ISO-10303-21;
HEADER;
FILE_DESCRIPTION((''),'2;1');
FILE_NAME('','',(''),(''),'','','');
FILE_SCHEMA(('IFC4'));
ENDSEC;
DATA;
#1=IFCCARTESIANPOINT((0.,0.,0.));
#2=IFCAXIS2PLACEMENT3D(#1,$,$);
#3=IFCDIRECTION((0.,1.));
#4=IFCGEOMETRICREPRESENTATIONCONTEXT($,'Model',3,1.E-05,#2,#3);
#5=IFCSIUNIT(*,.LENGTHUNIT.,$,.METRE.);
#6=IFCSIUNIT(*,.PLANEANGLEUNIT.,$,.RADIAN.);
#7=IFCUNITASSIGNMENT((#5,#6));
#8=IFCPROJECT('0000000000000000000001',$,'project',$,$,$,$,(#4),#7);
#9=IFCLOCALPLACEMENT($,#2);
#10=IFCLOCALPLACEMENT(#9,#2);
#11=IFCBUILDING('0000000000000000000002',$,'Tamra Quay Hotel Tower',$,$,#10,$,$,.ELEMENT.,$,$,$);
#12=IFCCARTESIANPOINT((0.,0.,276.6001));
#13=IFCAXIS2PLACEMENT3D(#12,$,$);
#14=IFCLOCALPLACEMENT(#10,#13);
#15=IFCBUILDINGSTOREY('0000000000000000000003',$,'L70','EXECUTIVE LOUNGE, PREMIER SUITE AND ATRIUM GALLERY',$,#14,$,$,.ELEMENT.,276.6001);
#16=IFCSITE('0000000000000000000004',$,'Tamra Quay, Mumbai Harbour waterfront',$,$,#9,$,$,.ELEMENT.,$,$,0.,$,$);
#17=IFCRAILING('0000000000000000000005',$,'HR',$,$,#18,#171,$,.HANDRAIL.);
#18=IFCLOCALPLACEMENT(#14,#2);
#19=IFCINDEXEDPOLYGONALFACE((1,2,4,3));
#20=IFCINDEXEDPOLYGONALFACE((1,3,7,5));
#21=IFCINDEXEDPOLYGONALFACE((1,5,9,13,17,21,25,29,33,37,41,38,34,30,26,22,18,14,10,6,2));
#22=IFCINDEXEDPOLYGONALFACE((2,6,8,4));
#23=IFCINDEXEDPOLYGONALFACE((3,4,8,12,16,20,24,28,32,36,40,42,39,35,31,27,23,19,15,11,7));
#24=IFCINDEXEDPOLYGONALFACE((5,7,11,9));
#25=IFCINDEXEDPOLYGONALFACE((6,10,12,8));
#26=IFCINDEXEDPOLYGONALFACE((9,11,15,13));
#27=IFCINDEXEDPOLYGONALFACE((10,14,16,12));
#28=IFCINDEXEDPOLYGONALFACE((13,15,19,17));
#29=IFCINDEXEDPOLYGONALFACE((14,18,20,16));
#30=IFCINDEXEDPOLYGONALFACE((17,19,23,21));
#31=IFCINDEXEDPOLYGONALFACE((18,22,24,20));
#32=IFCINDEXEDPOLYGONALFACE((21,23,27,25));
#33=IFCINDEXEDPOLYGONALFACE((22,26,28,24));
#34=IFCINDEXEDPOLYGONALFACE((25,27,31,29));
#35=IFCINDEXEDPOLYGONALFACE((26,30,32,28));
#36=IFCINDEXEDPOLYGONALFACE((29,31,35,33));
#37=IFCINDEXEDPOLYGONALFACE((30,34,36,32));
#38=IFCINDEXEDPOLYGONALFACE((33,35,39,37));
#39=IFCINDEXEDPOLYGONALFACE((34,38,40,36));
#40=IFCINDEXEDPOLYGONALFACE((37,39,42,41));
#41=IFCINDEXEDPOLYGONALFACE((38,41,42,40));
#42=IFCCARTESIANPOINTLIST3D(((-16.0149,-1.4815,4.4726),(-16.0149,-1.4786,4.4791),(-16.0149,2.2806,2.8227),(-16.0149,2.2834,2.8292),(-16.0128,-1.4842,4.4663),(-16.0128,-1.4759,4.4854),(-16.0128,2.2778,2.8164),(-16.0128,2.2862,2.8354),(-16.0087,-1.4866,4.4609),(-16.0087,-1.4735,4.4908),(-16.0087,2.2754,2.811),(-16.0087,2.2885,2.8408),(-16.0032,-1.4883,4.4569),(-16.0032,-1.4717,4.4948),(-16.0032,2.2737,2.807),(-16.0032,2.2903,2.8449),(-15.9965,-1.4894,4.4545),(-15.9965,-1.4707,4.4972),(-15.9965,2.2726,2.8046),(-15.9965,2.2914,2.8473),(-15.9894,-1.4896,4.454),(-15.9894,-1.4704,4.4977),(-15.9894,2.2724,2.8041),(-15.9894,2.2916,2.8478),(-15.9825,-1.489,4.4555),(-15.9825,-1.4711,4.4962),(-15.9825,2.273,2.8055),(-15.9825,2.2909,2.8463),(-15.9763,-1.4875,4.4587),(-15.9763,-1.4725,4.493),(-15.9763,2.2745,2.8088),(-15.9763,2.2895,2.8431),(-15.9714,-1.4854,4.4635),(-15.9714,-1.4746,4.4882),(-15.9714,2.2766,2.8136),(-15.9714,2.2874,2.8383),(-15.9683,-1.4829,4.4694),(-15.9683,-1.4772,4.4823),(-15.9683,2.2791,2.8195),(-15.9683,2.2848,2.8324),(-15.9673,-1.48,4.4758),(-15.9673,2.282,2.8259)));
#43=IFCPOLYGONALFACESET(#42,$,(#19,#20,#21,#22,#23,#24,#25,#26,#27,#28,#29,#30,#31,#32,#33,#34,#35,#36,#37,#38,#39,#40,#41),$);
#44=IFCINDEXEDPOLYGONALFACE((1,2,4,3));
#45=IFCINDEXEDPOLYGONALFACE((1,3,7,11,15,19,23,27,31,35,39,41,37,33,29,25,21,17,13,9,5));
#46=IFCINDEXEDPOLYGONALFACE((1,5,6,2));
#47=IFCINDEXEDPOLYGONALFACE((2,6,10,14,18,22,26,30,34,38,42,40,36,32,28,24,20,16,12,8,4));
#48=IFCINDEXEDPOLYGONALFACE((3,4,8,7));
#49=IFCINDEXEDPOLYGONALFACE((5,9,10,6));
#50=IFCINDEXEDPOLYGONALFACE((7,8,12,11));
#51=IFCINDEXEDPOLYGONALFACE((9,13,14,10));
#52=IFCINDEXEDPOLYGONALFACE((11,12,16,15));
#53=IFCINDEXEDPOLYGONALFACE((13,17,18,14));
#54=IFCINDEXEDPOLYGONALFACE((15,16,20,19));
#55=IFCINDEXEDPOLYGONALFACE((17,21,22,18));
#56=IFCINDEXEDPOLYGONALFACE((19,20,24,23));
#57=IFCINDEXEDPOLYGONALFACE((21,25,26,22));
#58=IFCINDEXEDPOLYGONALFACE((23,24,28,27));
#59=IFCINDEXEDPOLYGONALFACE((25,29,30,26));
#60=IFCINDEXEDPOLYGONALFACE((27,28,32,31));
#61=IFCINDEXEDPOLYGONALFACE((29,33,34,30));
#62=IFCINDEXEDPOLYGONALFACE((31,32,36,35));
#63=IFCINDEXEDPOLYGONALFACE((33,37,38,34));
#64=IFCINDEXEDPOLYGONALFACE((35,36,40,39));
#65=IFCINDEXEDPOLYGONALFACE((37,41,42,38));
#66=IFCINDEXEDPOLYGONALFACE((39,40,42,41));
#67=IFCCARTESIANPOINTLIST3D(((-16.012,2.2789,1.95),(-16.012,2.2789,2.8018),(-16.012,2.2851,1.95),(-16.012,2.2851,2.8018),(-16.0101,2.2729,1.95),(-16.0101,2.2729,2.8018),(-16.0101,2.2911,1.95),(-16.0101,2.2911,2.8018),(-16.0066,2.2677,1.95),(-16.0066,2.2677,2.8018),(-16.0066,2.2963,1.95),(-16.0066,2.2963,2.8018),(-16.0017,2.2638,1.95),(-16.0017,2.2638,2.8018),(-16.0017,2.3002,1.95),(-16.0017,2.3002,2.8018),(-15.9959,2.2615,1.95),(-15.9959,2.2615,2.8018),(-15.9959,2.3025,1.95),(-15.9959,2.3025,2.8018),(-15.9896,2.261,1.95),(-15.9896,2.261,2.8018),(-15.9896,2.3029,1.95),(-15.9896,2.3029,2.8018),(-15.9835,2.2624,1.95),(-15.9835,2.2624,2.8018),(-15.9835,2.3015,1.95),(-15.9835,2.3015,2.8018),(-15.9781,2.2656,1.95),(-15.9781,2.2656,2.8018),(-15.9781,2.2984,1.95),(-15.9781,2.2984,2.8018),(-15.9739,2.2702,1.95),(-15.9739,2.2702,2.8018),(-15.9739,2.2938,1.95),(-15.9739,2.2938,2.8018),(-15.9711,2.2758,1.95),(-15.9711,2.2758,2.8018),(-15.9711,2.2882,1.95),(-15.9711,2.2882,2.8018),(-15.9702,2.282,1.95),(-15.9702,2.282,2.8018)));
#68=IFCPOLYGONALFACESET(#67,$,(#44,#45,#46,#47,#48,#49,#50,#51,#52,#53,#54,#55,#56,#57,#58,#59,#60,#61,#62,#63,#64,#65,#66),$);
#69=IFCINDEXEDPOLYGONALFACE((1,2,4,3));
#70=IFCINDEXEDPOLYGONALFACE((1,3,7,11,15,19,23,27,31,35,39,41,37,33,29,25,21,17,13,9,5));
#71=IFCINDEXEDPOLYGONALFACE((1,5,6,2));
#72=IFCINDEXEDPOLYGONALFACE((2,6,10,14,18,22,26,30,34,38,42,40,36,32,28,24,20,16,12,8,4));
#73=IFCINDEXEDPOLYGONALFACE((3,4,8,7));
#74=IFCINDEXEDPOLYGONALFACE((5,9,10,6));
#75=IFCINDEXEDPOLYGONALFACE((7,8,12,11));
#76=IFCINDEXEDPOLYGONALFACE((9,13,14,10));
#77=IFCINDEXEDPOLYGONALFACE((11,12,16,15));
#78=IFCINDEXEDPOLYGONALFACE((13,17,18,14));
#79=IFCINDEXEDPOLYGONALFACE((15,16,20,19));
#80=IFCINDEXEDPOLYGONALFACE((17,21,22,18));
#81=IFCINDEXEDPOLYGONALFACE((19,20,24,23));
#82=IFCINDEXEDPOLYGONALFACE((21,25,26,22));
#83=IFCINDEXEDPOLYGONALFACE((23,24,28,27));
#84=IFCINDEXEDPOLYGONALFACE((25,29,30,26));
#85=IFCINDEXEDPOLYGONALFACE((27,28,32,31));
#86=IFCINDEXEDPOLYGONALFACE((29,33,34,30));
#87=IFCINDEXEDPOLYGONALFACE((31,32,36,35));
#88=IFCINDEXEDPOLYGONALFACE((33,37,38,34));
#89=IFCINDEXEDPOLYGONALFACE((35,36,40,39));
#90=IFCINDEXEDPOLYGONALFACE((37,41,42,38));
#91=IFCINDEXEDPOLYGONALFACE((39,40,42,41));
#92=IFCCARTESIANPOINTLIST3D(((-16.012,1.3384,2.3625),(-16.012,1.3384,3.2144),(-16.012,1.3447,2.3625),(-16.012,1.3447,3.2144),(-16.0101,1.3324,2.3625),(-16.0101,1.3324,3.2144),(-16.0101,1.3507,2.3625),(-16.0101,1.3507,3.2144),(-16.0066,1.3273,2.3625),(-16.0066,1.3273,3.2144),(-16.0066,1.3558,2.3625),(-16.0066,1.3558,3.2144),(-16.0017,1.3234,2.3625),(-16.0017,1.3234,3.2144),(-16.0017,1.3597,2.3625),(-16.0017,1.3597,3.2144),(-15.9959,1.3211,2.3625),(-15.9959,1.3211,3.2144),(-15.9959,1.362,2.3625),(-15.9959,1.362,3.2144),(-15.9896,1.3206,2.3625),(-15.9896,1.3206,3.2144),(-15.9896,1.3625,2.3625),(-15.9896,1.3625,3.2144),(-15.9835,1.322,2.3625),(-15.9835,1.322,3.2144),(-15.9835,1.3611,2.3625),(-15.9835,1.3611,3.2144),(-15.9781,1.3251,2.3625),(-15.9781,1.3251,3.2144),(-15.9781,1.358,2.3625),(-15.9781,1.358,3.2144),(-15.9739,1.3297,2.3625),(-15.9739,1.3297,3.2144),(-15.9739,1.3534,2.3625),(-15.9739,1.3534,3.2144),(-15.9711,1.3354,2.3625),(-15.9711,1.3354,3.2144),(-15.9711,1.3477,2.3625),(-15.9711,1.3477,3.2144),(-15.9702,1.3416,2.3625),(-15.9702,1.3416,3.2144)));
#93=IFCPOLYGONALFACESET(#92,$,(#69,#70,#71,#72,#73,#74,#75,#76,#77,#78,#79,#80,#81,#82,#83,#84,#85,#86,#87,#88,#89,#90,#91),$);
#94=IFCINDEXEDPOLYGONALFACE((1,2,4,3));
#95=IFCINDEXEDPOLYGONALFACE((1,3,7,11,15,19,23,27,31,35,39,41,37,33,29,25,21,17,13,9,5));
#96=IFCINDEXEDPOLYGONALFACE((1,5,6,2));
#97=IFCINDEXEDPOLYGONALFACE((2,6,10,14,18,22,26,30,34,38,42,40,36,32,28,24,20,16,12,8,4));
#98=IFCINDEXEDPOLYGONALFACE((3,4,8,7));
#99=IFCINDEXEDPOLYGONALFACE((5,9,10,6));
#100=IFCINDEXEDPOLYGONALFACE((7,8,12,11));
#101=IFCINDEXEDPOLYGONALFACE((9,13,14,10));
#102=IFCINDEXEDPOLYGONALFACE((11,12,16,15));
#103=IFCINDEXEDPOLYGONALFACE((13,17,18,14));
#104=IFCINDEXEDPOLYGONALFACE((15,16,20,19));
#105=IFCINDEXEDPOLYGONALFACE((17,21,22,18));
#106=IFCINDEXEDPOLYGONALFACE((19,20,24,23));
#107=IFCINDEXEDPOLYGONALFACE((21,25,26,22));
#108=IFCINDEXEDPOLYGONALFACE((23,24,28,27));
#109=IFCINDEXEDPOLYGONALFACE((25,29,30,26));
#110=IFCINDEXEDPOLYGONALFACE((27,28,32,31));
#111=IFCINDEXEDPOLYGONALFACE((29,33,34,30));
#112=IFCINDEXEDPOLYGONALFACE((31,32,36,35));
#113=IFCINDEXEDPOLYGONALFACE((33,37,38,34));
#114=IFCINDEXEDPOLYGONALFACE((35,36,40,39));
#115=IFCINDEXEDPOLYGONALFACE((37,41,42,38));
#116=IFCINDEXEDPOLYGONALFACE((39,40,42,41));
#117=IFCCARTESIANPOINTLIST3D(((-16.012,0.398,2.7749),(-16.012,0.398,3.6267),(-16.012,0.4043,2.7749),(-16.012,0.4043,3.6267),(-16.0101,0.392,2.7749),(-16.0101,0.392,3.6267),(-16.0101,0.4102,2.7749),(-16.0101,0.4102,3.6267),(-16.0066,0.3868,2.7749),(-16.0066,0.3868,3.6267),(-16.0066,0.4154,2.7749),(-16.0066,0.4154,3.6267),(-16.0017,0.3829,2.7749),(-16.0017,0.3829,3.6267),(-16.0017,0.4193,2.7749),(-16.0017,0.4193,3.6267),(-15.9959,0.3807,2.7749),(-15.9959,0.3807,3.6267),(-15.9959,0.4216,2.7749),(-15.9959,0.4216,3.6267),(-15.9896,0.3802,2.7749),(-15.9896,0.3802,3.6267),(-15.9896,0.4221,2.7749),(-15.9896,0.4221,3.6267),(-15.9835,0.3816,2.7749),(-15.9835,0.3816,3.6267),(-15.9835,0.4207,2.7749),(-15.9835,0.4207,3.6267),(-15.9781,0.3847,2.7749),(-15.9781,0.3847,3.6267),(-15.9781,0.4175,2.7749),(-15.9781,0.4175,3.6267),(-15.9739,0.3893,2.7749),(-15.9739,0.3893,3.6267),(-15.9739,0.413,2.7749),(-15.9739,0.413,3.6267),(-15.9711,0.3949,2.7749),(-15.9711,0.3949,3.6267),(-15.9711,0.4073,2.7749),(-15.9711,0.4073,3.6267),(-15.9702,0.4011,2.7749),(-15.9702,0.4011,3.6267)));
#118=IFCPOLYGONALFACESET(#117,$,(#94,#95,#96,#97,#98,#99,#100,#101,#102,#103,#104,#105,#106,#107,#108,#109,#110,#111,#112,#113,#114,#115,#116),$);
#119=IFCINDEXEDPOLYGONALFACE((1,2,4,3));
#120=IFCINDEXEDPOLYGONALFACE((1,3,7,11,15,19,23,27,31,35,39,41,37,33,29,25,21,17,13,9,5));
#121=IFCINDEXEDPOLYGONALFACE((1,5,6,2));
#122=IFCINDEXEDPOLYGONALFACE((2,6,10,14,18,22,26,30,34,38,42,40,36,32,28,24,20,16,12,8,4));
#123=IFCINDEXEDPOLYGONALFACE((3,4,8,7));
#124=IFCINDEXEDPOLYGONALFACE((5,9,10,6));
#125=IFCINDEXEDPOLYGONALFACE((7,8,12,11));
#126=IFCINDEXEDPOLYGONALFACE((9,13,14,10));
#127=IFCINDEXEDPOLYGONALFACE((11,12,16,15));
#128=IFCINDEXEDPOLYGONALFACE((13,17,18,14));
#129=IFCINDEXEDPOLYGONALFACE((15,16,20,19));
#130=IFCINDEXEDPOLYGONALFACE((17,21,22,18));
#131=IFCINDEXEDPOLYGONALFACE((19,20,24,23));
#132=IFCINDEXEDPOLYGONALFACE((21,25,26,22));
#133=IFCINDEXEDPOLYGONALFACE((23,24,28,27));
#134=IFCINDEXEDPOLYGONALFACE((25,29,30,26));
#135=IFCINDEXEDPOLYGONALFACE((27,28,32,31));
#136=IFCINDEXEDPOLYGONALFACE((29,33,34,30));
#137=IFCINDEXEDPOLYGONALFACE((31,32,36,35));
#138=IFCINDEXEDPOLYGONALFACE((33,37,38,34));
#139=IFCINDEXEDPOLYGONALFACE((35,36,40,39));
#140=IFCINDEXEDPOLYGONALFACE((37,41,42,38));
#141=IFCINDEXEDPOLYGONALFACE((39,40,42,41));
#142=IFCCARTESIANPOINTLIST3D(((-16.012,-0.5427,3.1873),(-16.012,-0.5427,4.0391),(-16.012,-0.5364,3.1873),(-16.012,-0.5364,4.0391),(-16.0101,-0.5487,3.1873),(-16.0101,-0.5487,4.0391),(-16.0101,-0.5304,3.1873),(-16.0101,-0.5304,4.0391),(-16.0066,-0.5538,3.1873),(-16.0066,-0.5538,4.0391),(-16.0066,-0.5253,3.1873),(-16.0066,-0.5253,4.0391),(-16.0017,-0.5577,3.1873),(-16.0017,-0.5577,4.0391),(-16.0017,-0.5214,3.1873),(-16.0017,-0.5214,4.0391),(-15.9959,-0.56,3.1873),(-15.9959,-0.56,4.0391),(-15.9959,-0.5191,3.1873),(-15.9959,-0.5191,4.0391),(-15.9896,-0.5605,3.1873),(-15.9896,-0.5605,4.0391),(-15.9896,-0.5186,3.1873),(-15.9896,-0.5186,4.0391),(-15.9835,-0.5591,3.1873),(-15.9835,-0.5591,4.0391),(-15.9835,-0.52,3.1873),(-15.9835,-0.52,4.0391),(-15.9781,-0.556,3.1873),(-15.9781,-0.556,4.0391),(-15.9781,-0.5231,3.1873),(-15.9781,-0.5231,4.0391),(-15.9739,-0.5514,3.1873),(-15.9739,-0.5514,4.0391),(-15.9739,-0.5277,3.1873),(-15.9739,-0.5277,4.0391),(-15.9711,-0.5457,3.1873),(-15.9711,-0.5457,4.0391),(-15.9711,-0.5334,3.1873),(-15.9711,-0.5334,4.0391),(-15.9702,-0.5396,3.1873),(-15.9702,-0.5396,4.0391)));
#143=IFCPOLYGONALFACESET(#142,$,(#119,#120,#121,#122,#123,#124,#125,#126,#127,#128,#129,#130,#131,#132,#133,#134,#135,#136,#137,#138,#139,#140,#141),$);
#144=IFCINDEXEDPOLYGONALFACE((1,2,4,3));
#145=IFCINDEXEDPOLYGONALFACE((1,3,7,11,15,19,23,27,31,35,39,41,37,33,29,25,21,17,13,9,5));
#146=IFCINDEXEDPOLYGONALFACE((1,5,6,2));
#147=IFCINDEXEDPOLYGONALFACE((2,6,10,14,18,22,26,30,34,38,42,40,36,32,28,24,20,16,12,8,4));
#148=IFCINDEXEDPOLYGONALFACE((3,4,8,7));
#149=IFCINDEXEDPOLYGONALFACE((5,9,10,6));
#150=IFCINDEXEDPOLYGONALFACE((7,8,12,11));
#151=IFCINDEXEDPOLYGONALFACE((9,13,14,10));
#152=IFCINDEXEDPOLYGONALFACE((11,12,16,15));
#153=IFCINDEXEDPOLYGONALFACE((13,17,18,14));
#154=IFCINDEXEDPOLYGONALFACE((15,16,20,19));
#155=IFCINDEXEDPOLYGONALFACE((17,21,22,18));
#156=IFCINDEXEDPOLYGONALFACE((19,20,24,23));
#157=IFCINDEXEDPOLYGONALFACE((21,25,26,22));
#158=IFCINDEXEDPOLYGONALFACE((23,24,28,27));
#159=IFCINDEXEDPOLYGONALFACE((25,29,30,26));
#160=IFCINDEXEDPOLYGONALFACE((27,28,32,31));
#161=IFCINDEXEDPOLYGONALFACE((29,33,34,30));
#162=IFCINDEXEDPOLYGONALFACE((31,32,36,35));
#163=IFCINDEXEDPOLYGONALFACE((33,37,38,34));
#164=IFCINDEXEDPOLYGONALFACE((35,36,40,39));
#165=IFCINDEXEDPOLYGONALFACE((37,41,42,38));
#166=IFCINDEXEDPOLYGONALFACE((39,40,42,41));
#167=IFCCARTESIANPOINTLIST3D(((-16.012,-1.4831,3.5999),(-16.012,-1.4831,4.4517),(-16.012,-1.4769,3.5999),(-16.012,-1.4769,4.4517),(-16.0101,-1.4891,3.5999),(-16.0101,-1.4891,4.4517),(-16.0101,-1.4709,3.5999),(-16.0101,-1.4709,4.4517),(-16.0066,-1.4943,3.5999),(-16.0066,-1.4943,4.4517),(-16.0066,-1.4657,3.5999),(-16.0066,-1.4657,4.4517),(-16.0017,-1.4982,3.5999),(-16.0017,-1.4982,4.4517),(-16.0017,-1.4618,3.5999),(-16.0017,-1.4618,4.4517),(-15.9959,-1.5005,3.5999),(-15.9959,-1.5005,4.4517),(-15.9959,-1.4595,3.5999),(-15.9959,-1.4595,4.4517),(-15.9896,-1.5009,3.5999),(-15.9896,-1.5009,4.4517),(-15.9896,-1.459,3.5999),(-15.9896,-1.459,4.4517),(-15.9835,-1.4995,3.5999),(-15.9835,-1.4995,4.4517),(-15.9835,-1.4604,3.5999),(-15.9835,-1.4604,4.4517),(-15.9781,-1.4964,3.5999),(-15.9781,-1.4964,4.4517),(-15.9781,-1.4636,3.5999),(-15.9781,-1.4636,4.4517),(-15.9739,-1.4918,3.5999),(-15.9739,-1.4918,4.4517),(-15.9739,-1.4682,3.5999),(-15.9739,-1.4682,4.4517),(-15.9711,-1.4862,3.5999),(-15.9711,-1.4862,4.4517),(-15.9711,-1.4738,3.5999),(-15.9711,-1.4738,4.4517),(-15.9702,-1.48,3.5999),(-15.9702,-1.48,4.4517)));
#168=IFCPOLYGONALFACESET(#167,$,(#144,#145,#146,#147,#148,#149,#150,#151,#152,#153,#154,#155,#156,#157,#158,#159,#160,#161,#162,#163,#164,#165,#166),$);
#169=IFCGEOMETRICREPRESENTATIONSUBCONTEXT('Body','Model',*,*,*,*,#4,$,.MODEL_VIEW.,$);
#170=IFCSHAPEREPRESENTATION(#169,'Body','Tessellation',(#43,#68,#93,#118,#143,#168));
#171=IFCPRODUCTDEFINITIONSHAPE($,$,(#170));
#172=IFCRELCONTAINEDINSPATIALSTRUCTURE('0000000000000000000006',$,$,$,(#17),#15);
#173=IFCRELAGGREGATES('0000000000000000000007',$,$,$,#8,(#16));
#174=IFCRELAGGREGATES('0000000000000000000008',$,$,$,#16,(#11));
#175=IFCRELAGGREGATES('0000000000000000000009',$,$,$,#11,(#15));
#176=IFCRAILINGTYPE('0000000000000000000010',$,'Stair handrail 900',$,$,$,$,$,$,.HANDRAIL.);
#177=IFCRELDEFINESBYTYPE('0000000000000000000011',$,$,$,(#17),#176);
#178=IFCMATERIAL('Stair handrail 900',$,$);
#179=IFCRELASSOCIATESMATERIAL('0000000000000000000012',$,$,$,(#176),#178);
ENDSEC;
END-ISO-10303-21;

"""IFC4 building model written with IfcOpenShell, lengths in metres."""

from ifc_helpers import new_model, si_unit, direction, frame, origin, origin_2d, place, context, subcontext, project, spatial, circle, extrude, material, type_object, element, save


model = new_model("IFC4")

# Units and contexts
model_context = context("Model", 3, precision=1e-05, world=origin(), true_north=direction((0.0, 1.0)))
body_context = subcontext(model_context, "Body", "Model", "MODEL_VIEW")
ifc_project = project(units=[si_unit("LENGTHUNIT", "METRE"), si_unit("PLANEANGLEUNIT", "RADIAN")], contexts=[model_context])

# Site, building, storey
site_placement = place(None, origin())
site = spatial("IfcSite", under=ifc_project, at=site_placement, Name="Tamra Quay, Mumbai Harbour waterfront", CompositionType="ELEMENT", RefElevation=0.0)
building_placement = place(site_placement, origin())
building = spatial("IfcBuilding", under=site, at=building_placement, Name="Tamra Quay Hotel Tower", CompositionType="ELEMENT")
storey_placement = place(building_placement, frame((0.0, 0.0, 276.6001)))
storey = spatial("IfcBuildingStorey", under=building, at=storey_placement, Name="L70", Description="EXECUTIVE LOUNGE, PREMIER SUITE AND ATRIUM GALLERY", CompositionType="ELEMENT", Elevation=276.6001)

# Railing
ifc_material_1 = material(Name="Stair handrail 900")
railing_type = type_object("IfcRailingType", Name="Stair handrail 900", PredefinedType="HANDRAIL", material=ifc_material_1)
railing_placement = place(storey_placement, frame((-15.9912, 2.282, 1.95)))
element("IfcRailing", 1, at=railing_placement, inside=storey, type_object=railing_type, Name="HR", PredefinedType="HANDRAIL", context=body_context, shape_type="SweptSolid", body=[
    extrude(circle(Radius=0.0239, at=origin_2d()), frame((0.0, 0.0, 0.876), z_axis=(0.0, -0.915795, 0.401645), x_axis=(1.0, 0.0, 0.0)), (0.0, 0.0, 1.0), 4.1079),
    extrude(circle(Radius=0.021, at=origin_2d()), origin(), (0.0, 0.0, 1.0), 0.8518),
    extrude(circle(Radius=0.021, at=origin_2d()), frame((0.0, -0.9404, 0.4126)), (0.0, 0.0, 1.0), 0.8518),
    extrude(circle(Radius=0.021, at=origin_2d()), frame((0.0, -1.8809, 0.825)), (0.0, 0.0, 1.0), 0.8518),
    extrude(circle(Radius=0.021, at=origin_2d()), frame((0.0, -2.8215, 1.2373)), (0.0, 0.0, 1.0), 0.8518),
    extrude(circle(Radius=0.021, at=origin_2d()), frame((0.0, -3.762, 1.6499)), (0.0, 0.0, 1.0), 0.8518),
])

save(model, "model.ifc")
